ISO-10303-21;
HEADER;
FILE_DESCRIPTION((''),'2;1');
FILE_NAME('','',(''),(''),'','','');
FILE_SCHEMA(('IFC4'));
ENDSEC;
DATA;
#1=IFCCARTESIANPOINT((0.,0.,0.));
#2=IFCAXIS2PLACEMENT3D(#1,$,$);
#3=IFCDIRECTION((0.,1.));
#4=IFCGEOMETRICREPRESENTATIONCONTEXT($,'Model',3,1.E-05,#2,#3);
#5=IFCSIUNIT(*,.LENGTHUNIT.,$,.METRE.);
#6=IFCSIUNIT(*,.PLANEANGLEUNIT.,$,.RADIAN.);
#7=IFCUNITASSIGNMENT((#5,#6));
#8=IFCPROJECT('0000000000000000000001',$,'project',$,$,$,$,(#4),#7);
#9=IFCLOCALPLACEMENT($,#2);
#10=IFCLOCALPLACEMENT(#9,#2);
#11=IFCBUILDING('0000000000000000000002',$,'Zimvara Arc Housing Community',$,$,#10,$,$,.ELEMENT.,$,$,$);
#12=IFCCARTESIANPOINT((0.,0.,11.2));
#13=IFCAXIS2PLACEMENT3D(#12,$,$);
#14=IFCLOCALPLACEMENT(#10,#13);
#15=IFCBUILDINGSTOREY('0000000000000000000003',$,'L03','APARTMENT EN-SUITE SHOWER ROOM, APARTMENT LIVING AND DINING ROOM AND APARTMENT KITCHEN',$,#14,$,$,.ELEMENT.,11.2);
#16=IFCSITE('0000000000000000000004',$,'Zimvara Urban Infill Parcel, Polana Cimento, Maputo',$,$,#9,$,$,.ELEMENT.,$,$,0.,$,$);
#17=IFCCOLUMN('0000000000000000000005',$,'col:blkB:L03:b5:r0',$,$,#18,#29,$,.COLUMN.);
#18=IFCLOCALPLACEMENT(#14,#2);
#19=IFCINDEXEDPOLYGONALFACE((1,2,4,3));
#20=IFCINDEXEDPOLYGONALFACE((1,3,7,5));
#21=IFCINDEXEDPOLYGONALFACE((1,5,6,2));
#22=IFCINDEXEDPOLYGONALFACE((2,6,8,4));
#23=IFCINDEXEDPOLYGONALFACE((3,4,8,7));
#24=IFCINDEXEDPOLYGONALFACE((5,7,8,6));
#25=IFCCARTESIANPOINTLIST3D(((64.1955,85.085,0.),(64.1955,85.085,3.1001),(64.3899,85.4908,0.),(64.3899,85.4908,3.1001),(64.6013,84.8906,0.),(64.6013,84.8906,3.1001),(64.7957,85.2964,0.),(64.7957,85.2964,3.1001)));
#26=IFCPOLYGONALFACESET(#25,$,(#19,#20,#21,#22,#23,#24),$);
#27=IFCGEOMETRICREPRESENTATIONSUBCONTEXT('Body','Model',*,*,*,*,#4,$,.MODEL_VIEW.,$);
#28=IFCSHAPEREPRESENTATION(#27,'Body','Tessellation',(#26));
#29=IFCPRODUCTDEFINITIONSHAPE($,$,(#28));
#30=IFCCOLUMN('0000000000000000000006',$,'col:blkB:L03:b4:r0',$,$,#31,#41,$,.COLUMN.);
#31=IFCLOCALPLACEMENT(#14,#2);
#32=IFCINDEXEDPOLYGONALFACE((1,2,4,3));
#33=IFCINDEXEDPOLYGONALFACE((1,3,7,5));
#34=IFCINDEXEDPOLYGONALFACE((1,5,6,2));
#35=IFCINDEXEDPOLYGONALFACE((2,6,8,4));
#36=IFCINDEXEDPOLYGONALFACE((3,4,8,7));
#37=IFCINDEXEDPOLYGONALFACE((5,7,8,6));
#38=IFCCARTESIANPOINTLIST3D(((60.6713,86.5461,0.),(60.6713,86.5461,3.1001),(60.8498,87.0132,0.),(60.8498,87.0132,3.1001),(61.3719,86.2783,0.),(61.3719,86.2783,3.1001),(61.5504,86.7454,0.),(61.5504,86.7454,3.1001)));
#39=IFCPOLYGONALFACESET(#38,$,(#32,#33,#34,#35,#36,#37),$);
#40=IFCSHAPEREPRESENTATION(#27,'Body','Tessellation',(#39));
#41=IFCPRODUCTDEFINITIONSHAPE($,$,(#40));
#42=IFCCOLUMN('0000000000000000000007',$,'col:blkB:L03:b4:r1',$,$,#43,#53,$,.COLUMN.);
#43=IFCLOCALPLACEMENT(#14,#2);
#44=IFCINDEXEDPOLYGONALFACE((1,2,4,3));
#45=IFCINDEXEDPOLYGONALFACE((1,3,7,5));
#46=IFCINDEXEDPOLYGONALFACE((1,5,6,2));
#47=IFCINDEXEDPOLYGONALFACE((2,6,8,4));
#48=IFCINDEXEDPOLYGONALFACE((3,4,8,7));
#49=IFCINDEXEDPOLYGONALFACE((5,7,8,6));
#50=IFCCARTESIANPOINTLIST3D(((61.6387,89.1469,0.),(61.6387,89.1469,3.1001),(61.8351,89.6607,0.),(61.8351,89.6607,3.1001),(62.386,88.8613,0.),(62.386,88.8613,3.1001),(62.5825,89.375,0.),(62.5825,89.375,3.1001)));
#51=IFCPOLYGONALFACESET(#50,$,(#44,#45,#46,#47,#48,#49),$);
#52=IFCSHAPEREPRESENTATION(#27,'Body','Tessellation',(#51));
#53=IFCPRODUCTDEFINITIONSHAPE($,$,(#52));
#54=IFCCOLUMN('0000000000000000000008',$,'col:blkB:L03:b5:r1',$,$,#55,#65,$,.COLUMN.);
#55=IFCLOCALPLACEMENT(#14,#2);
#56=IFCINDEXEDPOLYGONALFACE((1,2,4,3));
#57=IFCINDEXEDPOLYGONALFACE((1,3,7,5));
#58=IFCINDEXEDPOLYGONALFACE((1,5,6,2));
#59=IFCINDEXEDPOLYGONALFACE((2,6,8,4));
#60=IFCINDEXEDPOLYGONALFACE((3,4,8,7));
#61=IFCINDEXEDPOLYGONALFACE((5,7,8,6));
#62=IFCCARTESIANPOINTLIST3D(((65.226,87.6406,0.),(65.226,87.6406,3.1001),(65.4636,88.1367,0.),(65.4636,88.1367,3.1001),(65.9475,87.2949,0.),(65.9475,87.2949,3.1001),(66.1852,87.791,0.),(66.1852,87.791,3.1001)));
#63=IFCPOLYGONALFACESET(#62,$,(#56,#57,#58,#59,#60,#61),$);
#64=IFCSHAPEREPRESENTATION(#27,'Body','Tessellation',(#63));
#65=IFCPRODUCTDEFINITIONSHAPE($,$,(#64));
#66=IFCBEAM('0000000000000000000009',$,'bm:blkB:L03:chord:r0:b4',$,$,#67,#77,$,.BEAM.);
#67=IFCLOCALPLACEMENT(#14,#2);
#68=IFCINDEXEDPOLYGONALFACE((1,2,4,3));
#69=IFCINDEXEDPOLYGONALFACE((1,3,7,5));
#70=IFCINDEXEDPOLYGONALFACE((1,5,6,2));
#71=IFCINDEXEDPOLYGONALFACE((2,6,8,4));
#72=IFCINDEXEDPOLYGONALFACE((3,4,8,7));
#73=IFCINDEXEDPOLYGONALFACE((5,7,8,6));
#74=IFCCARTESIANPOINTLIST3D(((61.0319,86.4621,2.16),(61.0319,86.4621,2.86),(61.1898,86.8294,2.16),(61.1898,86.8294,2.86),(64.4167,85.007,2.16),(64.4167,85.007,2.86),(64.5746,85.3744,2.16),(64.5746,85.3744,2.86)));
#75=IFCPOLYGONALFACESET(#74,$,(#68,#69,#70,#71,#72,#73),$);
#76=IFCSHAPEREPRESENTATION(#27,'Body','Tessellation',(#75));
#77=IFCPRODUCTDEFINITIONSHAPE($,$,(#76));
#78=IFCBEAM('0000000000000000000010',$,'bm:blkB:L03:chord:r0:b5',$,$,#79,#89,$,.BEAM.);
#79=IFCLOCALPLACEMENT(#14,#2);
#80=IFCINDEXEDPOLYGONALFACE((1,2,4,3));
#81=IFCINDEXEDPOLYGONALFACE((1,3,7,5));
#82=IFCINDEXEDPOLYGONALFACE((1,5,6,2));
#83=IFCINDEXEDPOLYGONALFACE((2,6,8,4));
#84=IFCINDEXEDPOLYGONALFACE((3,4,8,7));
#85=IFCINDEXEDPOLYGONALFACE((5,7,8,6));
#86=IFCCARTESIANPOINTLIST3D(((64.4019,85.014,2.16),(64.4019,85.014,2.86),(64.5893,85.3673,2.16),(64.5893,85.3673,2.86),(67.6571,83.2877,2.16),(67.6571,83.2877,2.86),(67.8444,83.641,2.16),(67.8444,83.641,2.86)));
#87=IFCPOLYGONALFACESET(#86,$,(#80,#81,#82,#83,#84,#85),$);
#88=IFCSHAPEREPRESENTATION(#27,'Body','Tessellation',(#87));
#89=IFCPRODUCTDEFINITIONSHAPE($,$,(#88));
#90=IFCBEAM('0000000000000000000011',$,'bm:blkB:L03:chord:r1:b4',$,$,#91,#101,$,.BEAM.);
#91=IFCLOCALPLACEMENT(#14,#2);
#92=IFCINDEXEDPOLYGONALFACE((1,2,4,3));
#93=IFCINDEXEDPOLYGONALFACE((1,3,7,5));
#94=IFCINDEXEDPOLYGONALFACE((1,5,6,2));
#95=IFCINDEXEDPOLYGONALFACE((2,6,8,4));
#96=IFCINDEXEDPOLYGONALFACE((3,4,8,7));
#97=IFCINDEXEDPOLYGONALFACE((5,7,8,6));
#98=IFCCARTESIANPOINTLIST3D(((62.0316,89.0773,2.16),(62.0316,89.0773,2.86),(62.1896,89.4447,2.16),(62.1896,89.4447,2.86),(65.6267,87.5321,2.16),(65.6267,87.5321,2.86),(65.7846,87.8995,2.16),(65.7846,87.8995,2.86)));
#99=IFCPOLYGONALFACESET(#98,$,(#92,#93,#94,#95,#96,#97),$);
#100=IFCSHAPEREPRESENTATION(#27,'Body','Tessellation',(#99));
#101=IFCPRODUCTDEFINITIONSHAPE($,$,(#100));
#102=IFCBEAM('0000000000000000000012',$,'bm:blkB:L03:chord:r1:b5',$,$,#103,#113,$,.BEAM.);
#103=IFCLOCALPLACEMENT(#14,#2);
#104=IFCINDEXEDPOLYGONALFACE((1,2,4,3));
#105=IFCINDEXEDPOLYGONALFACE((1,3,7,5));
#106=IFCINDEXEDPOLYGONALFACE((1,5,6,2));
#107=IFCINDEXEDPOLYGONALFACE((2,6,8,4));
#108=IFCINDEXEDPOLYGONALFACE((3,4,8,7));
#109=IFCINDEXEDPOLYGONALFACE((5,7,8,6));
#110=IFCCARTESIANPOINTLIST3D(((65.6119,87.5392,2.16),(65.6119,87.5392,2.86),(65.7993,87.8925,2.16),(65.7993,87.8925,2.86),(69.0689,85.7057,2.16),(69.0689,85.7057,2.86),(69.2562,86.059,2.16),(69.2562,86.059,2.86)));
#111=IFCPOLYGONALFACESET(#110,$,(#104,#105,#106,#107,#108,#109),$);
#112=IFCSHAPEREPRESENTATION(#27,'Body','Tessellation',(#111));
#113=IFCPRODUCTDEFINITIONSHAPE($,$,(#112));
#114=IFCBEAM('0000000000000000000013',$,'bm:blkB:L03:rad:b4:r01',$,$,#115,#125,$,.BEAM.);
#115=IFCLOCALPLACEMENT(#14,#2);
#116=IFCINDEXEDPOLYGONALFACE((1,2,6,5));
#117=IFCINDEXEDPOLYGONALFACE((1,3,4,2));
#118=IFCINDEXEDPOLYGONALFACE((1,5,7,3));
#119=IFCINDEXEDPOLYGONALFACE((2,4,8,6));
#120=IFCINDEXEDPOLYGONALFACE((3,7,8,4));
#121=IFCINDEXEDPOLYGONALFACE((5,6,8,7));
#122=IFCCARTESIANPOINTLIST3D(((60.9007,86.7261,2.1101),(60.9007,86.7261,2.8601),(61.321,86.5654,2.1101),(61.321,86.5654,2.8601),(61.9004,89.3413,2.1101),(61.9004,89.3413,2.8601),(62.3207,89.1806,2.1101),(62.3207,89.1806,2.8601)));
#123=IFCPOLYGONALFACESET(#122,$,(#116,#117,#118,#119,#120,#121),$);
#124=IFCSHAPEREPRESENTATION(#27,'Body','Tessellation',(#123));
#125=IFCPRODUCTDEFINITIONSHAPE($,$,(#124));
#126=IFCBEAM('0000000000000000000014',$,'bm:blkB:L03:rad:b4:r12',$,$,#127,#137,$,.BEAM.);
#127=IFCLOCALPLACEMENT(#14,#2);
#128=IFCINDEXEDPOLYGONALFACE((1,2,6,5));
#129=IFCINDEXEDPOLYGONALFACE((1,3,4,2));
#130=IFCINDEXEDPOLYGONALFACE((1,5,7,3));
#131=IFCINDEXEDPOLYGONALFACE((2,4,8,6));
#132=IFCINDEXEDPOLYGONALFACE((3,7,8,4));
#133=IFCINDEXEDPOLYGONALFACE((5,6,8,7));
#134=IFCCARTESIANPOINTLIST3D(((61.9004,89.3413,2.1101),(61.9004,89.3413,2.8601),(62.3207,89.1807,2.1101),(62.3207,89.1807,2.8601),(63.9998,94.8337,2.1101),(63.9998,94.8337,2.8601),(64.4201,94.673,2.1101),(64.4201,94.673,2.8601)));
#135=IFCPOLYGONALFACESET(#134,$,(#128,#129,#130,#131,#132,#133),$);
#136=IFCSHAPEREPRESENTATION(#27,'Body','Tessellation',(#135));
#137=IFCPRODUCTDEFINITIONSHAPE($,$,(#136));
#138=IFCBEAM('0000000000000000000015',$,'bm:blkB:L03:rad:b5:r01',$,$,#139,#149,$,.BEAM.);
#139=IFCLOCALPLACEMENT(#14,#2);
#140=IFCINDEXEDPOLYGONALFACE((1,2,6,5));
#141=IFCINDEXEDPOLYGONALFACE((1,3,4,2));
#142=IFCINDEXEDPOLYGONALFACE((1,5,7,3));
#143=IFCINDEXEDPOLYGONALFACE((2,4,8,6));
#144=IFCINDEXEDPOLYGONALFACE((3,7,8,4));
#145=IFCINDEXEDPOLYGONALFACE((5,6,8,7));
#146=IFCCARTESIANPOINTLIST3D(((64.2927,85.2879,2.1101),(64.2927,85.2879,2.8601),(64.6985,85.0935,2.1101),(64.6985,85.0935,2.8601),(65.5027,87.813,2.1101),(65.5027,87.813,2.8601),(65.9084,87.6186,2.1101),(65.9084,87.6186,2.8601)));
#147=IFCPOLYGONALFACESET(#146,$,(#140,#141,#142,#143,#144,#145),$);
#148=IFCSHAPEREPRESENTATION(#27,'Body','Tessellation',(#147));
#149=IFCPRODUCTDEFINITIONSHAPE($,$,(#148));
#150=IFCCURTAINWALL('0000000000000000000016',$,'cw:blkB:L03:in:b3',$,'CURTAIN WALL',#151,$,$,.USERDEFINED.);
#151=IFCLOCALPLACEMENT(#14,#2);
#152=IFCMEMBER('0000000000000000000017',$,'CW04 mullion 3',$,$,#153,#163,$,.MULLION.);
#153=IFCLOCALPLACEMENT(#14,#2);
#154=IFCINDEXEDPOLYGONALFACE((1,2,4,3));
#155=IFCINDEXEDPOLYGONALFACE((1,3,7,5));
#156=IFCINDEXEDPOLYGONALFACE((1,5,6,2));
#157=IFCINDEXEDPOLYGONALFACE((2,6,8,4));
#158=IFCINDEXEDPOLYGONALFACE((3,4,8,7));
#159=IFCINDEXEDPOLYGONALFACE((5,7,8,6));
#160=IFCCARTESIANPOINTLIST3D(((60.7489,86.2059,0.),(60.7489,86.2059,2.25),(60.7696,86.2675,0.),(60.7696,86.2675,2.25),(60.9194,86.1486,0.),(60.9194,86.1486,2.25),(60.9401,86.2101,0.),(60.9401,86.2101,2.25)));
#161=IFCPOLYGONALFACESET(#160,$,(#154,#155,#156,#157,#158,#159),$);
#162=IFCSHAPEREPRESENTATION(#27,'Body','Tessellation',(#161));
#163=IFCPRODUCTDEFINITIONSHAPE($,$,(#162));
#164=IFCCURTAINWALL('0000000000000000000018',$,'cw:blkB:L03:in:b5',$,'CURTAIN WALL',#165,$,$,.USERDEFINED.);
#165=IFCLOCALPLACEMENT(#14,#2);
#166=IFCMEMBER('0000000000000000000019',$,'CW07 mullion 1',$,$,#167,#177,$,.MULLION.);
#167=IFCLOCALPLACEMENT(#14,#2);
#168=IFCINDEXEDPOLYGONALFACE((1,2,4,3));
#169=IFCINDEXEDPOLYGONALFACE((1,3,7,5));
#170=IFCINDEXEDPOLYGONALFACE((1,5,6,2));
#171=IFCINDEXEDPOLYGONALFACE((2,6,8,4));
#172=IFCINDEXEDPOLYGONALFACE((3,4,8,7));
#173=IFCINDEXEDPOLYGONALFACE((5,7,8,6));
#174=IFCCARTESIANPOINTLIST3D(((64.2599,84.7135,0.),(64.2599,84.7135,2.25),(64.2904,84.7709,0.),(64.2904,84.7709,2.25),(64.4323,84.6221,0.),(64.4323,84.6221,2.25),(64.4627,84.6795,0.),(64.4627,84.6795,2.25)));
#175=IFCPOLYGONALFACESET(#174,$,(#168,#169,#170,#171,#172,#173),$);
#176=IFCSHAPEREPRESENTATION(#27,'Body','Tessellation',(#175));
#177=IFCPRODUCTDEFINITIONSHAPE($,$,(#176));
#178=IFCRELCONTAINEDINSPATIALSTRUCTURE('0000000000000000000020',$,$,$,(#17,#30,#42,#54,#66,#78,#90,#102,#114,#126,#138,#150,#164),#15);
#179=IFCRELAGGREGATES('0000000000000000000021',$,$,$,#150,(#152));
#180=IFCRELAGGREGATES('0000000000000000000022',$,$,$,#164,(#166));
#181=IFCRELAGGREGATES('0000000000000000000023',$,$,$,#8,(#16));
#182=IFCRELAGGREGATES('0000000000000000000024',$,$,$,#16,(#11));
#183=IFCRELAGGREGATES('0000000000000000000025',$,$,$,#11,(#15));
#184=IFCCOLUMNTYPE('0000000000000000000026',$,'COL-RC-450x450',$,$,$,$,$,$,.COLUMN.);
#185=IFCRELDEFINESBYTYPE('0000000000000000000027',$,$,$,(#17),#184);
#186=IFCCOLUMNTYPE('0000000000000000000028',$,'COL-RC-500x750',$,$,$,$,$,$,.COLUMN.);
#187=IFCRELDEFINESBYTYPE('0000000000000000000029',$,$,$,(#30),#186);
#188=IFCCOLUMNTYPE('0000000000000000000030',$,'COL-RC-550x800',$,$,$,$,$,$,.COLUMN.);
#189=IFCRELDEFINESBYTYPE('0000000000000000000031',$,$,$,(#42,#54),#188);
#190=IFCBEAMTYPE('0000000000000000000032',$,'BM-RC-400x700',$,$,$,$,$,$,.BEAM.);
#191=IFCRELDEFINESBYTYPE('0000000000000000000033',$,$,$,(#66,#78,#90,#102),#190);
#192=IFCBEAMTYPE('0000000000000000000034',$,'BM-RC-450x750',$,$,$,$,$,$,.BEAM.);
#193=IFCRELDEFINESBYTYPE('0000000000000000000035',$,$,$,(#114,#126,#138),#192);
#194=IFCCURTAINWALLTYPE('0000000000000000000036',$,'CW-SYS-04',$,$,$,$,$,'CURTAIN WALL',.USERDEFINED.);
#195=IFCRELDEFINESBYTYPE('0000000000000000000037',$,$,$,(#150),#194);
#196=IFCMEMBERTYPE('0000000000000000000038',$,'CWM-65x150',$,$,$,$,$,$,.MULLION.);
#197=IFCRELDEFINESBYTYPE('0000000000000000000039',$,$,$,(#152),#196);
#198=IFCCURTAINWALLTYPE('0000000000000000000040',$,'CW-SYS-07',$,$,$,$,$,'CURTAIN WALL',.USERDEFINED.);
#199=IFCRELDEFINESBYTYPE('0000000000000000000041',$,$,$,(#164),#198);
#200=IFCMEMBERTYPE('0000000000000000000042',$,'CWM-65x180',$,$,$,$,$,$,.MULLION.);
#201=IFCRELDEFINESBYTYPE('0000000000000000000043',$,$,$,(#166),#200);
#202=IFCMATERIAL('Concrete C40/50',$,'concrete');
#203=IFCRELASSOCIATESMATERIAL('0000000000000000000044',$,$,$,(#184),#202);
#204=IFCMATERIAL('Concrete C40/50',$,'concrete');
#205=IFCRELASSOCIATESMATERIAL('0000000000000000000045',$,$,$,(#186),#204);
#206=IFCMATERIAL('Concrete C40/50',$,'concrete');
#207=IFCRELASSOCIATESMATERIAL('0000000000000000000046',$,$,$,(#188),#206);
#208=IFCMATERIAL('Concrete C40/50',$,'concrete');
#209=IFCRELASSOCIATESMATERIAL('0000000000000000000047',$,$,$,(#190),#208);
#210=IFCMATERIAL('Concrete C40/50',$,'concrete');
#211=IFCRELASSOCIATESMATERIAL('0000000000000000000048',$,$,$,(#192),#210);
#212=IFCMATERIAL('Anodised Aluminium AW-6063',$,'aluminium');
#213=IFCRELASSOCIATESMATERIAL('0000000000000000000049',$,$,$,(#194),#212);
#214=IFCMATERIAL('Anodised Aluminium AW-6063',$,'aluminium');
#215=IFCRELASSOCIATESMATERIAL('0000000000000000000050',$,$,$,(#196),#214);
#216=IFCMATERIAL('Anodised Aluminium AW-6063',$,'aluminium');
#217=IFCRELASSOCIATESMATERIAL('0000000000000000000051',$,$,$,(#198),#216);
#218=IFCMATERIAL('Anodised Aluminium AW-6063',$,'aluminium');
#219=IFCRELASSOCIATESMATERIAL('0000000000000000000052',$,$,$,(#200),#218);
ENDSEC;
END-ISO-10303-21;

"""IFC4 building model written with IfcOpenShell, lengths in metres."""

from ifc_helpers import new_model, si_unit, direction, frame, origin, origin_2d, place, context, subcontext, project, spatial, rectangle, extrude, material, material_profile, profile_set, type_object, element, aggregate, save


model = new_model("IFC4")

# Units and contexts
model_context = context("Model", 3, precision=1e-05, world=origin(), true_north=direction((0.0, 1.0)))
body_context = subcontext(model_context, "Body", "Model", "MODEL_VIEW")
ifc_project = project(units=[si_unit("LENGTHUNIT", "METRE"), si_unit("PLANEANGLEUNIT", "RADIAN")], contexts=[model_context])

# Site, building, storey
site_placement = place(None, origin())
site = spatial("IfcSite", under=ifc_project, at=site_placement, Name="Zimvara Urban Infill Parcel, Polana Cimento, Maputo", CompositionType="ELEMENT", RefElevation=0.0)
building_placement = place(site_placement, origin())
building = spatial("IfcBuilding", under=site, at=building_placement, Name="Zimvara Arc Housing Community", CompositionType="ELEMENT")
storey_placement = place(building_placement, frame((0.0, 0.0, 11.2)))
storey = spatial("IfcBuildingStorey", under=building, at=storey_placement, Name="L03", Description="APARTMENT EN-SUITE SHOWER ROOM, APARTMENT LIVING AND DINING ROOM AND APARTMENT KITCHEN", CompositionType="ELEMENT", Elevation=11.2)

# Columns
ifc_material_1 = material(Name="Concrete C40/50", Category="concrete")
ifc_material_profile_1 = material_profile(ifc_material_1, rectangle(XDim=0.45, YDim=0.45, at=origin_2d()), Name="RC 450x450")
ifc_profile_set_1 = profile_set([ifc_material_profile_1], Name="Concrete C40/50")
column_type_1 = type_object("IfcColumnType", Name="COL-RC-450x450", PredefinedType="COLUMN", material=ifc_profile_set_1)
column_1_placement = place(storey_placement, frame((64.4956, 85.1907, 0.0), z_axis=(0.0, 0.0, 1.0), x_axis=(0.432086, 0.901833, 0.0)))
element("IfcColumn", 1, at=column_1_placement, inside=storey, type_object=column_type_1, Name="col:blkB:L03:b5:r0", PredefinedType="COLUMN", context=body_context, shape_type="SweptSolid", body=[
    extrude(rectangle(XDim=0.45, YDim=0.45, at=origin_2d()), origin(), (0.0, 0.0, 1.0), 3.1001),
])
ifc_material_2 = material(Name="Concrete C40/50", Category="concrete")
ifc_material_profile_2 = material_profile(ifc_material_2, rectangle(XDim=0.5, YDim=0.75, at=origin_2d()), Name="RC 500x750")
ifc_profile_set_2 = profile_set([ifc_material_profile_2], Name="Concrete C40/50")
column_type_2 = type_object("IfcColumnType", Name="COL-RC-500x750", PredefinedType="COLUMN", material=ifc_profile_set_2)
column_2_placement = place(storey_placement, frame((61.1108, 86.6458, 0.0), z_axis=(0.0, 0.0, 1.0), x_axis=(0.357064, 0.93408, 0.0)))
element("IfcColumn", 2, at=column_2_placement, inside=storey, type_object=column_type_2, Name="col:blkB:L03:b4:r0", PredefinedType="COLUMN", context=body_context, shape_type="SweptSolid", body=[
    extrude(rectangle(XDim=0.5, YDim=0.75, at=origin_2d()), origin(), (0.0, 0.0, 1.0), 3.1001),
])
ifc_material_3 = material(Name="Concrete C40/50", Category="concrete")
ifc_material_profile_3 = material_profile(ifc_material_3, rectangle(XDim=0.55, YDim=0.8, at=origin_2d()), Name="RC 550x800")
ifc_profile_set_3 = profile_set([ifc_material_profile_3], Name="Concrete C40/50")
column_type_3 = type_object("IfcColumnType", Name="COL-RC-550x800", PredefinedType="COLUMN", material=ifc_profile_set_3)
for number, where, z_axis, x_axis, name in (
    (3, (62.1106, 89.261, 0.0), (0.0, 0.0, 1.0), (0.357064, 0.93408, 0.0), "col:blkB:L03:b4:r1"),
    (4, (65.7056, 87.7158, 0.0), (0.0, 0.0, 1.0), (0.432086, 0.901833, 0.0), "col:blkB:L03:b5:r1"),
):
    element("IfcColumn", number, at=place(storey_placement, frame(where, z_axis=z_axis, x_axis=x_axis)), inside=storey, type_object=column_type_3, Name=name, PredefinedType="COLUMN", context=body_context, shape_type="SweptSolid", body=[
        extrude(rectangle(XDim=0.55, YDim=0.8, at=origin_2d()), origin(), (0.0, 0.0, 1.0), 3.1001),
    ])

# Beams
ifc_material_4 = material(Name="Concrete C40/50", Category="concrete")
ifc_material_profile_4 = material_profile(ifc_material_4, rectangle(XDim=0.3999, YDim=0.7, at=origin_2d()), Name="RC 400x700")
ifc_profile_set_4 = profile_set([ifc_material_profile_4], Name="Concrete C40/50")
beam_type_1 = type_object("IfcBeamType", Name="BM-RC-400x700", PredefinedType="BEAM", material=ifc_profile_set_4)
beam_1_placement = place(storey_placement, frame((61.1108, 86.6458, 2.51), z_axis=(0.918706, -0.394943, 0.0), x_axis=(0.394943, 0.918706, 0.0)))
element("IfcBeam", 5, at=beam_1_placement, inside=storey, type_object=beam_type_1, Name="bm:blkB:L03:chord:r0:b4", PredefinedType="BEAM", context=body_context, shape_type="SweptSolid", body=[
    extrude(rectangle(XDim=0.3999, YDim=0.7, at=origin_2d()), origin(), (0.0, 0.0, 1.0), 3.6843),
])
beam_2_placement = place(storey_placement, frame((64.4956, 85.1907, 2.51), z_axis=(0.883449, -0.468527, 0.0), x_axis=(0.468527, 0.883449, 0.0)))
element("IfcBeam", 6, at=beam_2_placement, inside=storey, type_object=beam_type_1, Name="bm:blkB:L03:chord:r0:b5", PredefinedType="BEAM", context=body_context, shape_type="SweptSolid", body=[
    extrude(rectangle(XDim=0.3999, YDim=0.7, at=origin_2d()), origin(), (0.0, 0.0, 1.0), 3.6846),
])
for number, where, z_axis, x_axis, name in (
    (7, (62.1106, 89.261, 2.51), (0.918731, -0.394883, 0.0), (0.394883, 0.918731, 0.0), "bm:blkB:L03:chord:r1:b4"),
    (8, (65.7056, 87.7158, 2.51), (0.883439, -0.468547, 0.0), (0.468547, 0.883439, 0.0), "bm:blkB:L03:chord:r1:b5"),
):
    element("IfcBeam", number, at=place(storey_placement, frame(where, z_axis=z_axis, x_axis=x_axis)), inside=storey, type_object=beam_type_1, Name=name, PredefinedType="BEAM", context=body_context, shape_type="SweptSolid", body=[
        extrude(rectangle(XDim=0.3999, YDim=0.7, at=origin_2d()), origin(), (0.0, 0.0, 1.0), 3.9131),
    ])
ifc_material_5 = material(Name="Concrete C40/50", Category="concrete")
ifc_material_profile_5 = material_profile(ifc_material_5, rectangle(XDim=0.45, YDim=0.75, at=origin_2d()), Name="RC 450x750")
ifc_profile_set_5 = profile_set([ifc_material_profile_5], Name="Concrete C40/50")
beam_type_2 = type_object("IfcBeamType", Name="BM-RC-450x750", PredefinedType="BEAM", material=ifc_profile_set_5)
beam_3_placement = place(storey_placement, frame((61.1108, 86.6458, 2.4851), z_axis=(0.357079, 0.934074, 0.0), x_axis=(-0.934074, 0.357079, 0.0)))
element("IfcBeam", 9, at=beam_3_placement, inside=storey, type_object=beam_type_2, Name="bm:blkB:L03:rad:b4:r01", PredefinedType="BEAM", context=body_context, shape_type="SweptSolid", body=[
    extrude(rectangle(XDim=0.45, YDim=0.75, at=origin_2d()), origin(), (0.0, 0.0, 1.0), 2.7998),
])
beam_4_placement = place(storey_placement, frame((62.1106, 89.261, 2.4851), z_axis=(0.357036, 0.934091, 0.0), x_axis=(-0.934091, 0.357036, 0.0)))
element("IfcBeam", 10, at=beam_4_placement, inside=storey, type_object=beam_type_2, Name="bm:blkB:L03:rad:b4:r12", PredefinedType="BEAM", context=body_context, shape_type="SweptSolid", body=[
    extrude(rectangle(XDim=0.45, YDim=0.75, at=origin_2d()), origin(), (0.0, 0.0, 1.0), 5.8799),
])
beam_5_placement = place(storey_placement, frame((64.4956, 85.1907, 2.4851), z_axis=(0.432119, 0.901817, 0.0), x_axis=(-0.901817, 0.432119, 0.0)))
element("IfcBeam", 11, at=beam_5_placement, inside=storey, type_object=beam_type_2, Name="bm:blkB:L03:rad:b5:r01", PredefinedType="BEAM", context=body_context, shape_type="SweptSolid", body=[
    extrude(rectangle(XDim=0.45, YDim=0.75, at=origin_2d()), origin(), (0.0, 0.0, 1.0), 2.8),
])

# Curtain walls, members
ifc_material_6 = material(Name="Anodised Aluminium AW-6063", Category="aluminium")
curtain_wall_type_1 = type_object("IfcCurtainWallType", Name="CW-SYS-04", ElementType="CURTAIN WALL", PredefinedType="USERDEFINED", material=ifc_material_6)
curtain_wall_1_placement = place(storey_placement, origin())
curtain_wall_1 = element("IfcCurtainWall", 12, at=curtain_wall_1_placement, inside=storey, type_object=curtain_wall_type_1, Name="cw:blkB:L03:in:b3", ObjectType="CURTAIN WALL", PredefinedType="USERDEFINED")
ifc_material_7 = material(Name="Anodised Aluminium AW-6063", Category="aluminium")
ifc_material_profile_6 = material_profile(ifc_material_7, rectangle(XDim=0.0649, YDim=0.1799, at=origin_2d()), Name="ALU 65x180")
ifc_profile_set_6 = profile_set([ifc_material_profile_6], Name="Anodised Aluminium AW-6063")
member_type_1 = type_object("IfcMemberType", Name="CWM-65x150", PredefinedType="MULLION", material=ifc_profile_set_6)
member_1_placement = place(storey_placement, frame((60.8445, 86.208, 0.0), z_axis=(0.0, 0.0, 1.0), x_axis=(0.31863, 0.947879, 0.0)))
member_1 = element("IfcMember", 13, at=member_1_placement, type_object=member_type_1, Name="CW04 mullion 3", PredefinedType="MULLION", context=body_context, shape_type="SweptSolid", body=[
    extrude(rectangle(XDim=0.0649, YDim=0.1799, at=origin_2d()), origin(), (0.0, 0.0, 1.0), 2.25),
])
ifc_material_8 = material(Name="Anodised Aluminium AW-6063", Category="aluminium")
curtain_wall_type_2 = type_object("IfcCurtainWallType", Name="CW-SYS-07", ElementType="CURTAIN WALL", PredefinedType="USERDEFINED", material=ifc_material_8)
curtain_wall_2_placement = place(storey_placement, origin())
curtain_wall_2 = element("IfcCurtainWall", 14, at=curtain_wall_2_placement, inside=storey, type_object=curtain_wall_type_2, Name="cw:blkB:L03:in:b5", ObjectType="CURTAIN WALL", PredefinedType="USERDEFINED")
ifc_material_9 = material(Name="Anodised Aluminium AW-6063", Category="aluminium")
ifc_material_profile_7 = material_profile(ifc_material_9, rectangle(XDim=0.0649, YDim=0.1951, at=origin_2d()), Name="ALU 65x195")
ifc_profile_set_7 = profile_set([ifc_material_profile_7], Name="Anodised Aluminium AW-6063")
member_type_2 = type_object("IfcMemberType", Name="CWM-65x180", PredefinedType="MULLION", material=ifc_profile_set_7)
member_2_placement = place(storey_placement, frame((64.3613, 84.6965, 0.0), z_axis=(0.0, 0.0, 1.0), x_axis=(0.468545, 0.88344, 0.0)))
member_2 = element("IfcMember", 15, at=member_2_placement, type_object=member_type_2, Name="CW07 mullion 1", PredefinedType="MULLION", context=body_context, shape_type="SweptSolid", body=[
    extrude(rectangle(XDim=0.0649, YDim=0.1951, at=origin_2d()), origin(), (0.0, 0.0, 1.0), 2.25),
])

aggregate(curtain_wall_1, [member_1])
aggregate(curtain_wall_2, [member_2])

save(model, "model.ifc")
